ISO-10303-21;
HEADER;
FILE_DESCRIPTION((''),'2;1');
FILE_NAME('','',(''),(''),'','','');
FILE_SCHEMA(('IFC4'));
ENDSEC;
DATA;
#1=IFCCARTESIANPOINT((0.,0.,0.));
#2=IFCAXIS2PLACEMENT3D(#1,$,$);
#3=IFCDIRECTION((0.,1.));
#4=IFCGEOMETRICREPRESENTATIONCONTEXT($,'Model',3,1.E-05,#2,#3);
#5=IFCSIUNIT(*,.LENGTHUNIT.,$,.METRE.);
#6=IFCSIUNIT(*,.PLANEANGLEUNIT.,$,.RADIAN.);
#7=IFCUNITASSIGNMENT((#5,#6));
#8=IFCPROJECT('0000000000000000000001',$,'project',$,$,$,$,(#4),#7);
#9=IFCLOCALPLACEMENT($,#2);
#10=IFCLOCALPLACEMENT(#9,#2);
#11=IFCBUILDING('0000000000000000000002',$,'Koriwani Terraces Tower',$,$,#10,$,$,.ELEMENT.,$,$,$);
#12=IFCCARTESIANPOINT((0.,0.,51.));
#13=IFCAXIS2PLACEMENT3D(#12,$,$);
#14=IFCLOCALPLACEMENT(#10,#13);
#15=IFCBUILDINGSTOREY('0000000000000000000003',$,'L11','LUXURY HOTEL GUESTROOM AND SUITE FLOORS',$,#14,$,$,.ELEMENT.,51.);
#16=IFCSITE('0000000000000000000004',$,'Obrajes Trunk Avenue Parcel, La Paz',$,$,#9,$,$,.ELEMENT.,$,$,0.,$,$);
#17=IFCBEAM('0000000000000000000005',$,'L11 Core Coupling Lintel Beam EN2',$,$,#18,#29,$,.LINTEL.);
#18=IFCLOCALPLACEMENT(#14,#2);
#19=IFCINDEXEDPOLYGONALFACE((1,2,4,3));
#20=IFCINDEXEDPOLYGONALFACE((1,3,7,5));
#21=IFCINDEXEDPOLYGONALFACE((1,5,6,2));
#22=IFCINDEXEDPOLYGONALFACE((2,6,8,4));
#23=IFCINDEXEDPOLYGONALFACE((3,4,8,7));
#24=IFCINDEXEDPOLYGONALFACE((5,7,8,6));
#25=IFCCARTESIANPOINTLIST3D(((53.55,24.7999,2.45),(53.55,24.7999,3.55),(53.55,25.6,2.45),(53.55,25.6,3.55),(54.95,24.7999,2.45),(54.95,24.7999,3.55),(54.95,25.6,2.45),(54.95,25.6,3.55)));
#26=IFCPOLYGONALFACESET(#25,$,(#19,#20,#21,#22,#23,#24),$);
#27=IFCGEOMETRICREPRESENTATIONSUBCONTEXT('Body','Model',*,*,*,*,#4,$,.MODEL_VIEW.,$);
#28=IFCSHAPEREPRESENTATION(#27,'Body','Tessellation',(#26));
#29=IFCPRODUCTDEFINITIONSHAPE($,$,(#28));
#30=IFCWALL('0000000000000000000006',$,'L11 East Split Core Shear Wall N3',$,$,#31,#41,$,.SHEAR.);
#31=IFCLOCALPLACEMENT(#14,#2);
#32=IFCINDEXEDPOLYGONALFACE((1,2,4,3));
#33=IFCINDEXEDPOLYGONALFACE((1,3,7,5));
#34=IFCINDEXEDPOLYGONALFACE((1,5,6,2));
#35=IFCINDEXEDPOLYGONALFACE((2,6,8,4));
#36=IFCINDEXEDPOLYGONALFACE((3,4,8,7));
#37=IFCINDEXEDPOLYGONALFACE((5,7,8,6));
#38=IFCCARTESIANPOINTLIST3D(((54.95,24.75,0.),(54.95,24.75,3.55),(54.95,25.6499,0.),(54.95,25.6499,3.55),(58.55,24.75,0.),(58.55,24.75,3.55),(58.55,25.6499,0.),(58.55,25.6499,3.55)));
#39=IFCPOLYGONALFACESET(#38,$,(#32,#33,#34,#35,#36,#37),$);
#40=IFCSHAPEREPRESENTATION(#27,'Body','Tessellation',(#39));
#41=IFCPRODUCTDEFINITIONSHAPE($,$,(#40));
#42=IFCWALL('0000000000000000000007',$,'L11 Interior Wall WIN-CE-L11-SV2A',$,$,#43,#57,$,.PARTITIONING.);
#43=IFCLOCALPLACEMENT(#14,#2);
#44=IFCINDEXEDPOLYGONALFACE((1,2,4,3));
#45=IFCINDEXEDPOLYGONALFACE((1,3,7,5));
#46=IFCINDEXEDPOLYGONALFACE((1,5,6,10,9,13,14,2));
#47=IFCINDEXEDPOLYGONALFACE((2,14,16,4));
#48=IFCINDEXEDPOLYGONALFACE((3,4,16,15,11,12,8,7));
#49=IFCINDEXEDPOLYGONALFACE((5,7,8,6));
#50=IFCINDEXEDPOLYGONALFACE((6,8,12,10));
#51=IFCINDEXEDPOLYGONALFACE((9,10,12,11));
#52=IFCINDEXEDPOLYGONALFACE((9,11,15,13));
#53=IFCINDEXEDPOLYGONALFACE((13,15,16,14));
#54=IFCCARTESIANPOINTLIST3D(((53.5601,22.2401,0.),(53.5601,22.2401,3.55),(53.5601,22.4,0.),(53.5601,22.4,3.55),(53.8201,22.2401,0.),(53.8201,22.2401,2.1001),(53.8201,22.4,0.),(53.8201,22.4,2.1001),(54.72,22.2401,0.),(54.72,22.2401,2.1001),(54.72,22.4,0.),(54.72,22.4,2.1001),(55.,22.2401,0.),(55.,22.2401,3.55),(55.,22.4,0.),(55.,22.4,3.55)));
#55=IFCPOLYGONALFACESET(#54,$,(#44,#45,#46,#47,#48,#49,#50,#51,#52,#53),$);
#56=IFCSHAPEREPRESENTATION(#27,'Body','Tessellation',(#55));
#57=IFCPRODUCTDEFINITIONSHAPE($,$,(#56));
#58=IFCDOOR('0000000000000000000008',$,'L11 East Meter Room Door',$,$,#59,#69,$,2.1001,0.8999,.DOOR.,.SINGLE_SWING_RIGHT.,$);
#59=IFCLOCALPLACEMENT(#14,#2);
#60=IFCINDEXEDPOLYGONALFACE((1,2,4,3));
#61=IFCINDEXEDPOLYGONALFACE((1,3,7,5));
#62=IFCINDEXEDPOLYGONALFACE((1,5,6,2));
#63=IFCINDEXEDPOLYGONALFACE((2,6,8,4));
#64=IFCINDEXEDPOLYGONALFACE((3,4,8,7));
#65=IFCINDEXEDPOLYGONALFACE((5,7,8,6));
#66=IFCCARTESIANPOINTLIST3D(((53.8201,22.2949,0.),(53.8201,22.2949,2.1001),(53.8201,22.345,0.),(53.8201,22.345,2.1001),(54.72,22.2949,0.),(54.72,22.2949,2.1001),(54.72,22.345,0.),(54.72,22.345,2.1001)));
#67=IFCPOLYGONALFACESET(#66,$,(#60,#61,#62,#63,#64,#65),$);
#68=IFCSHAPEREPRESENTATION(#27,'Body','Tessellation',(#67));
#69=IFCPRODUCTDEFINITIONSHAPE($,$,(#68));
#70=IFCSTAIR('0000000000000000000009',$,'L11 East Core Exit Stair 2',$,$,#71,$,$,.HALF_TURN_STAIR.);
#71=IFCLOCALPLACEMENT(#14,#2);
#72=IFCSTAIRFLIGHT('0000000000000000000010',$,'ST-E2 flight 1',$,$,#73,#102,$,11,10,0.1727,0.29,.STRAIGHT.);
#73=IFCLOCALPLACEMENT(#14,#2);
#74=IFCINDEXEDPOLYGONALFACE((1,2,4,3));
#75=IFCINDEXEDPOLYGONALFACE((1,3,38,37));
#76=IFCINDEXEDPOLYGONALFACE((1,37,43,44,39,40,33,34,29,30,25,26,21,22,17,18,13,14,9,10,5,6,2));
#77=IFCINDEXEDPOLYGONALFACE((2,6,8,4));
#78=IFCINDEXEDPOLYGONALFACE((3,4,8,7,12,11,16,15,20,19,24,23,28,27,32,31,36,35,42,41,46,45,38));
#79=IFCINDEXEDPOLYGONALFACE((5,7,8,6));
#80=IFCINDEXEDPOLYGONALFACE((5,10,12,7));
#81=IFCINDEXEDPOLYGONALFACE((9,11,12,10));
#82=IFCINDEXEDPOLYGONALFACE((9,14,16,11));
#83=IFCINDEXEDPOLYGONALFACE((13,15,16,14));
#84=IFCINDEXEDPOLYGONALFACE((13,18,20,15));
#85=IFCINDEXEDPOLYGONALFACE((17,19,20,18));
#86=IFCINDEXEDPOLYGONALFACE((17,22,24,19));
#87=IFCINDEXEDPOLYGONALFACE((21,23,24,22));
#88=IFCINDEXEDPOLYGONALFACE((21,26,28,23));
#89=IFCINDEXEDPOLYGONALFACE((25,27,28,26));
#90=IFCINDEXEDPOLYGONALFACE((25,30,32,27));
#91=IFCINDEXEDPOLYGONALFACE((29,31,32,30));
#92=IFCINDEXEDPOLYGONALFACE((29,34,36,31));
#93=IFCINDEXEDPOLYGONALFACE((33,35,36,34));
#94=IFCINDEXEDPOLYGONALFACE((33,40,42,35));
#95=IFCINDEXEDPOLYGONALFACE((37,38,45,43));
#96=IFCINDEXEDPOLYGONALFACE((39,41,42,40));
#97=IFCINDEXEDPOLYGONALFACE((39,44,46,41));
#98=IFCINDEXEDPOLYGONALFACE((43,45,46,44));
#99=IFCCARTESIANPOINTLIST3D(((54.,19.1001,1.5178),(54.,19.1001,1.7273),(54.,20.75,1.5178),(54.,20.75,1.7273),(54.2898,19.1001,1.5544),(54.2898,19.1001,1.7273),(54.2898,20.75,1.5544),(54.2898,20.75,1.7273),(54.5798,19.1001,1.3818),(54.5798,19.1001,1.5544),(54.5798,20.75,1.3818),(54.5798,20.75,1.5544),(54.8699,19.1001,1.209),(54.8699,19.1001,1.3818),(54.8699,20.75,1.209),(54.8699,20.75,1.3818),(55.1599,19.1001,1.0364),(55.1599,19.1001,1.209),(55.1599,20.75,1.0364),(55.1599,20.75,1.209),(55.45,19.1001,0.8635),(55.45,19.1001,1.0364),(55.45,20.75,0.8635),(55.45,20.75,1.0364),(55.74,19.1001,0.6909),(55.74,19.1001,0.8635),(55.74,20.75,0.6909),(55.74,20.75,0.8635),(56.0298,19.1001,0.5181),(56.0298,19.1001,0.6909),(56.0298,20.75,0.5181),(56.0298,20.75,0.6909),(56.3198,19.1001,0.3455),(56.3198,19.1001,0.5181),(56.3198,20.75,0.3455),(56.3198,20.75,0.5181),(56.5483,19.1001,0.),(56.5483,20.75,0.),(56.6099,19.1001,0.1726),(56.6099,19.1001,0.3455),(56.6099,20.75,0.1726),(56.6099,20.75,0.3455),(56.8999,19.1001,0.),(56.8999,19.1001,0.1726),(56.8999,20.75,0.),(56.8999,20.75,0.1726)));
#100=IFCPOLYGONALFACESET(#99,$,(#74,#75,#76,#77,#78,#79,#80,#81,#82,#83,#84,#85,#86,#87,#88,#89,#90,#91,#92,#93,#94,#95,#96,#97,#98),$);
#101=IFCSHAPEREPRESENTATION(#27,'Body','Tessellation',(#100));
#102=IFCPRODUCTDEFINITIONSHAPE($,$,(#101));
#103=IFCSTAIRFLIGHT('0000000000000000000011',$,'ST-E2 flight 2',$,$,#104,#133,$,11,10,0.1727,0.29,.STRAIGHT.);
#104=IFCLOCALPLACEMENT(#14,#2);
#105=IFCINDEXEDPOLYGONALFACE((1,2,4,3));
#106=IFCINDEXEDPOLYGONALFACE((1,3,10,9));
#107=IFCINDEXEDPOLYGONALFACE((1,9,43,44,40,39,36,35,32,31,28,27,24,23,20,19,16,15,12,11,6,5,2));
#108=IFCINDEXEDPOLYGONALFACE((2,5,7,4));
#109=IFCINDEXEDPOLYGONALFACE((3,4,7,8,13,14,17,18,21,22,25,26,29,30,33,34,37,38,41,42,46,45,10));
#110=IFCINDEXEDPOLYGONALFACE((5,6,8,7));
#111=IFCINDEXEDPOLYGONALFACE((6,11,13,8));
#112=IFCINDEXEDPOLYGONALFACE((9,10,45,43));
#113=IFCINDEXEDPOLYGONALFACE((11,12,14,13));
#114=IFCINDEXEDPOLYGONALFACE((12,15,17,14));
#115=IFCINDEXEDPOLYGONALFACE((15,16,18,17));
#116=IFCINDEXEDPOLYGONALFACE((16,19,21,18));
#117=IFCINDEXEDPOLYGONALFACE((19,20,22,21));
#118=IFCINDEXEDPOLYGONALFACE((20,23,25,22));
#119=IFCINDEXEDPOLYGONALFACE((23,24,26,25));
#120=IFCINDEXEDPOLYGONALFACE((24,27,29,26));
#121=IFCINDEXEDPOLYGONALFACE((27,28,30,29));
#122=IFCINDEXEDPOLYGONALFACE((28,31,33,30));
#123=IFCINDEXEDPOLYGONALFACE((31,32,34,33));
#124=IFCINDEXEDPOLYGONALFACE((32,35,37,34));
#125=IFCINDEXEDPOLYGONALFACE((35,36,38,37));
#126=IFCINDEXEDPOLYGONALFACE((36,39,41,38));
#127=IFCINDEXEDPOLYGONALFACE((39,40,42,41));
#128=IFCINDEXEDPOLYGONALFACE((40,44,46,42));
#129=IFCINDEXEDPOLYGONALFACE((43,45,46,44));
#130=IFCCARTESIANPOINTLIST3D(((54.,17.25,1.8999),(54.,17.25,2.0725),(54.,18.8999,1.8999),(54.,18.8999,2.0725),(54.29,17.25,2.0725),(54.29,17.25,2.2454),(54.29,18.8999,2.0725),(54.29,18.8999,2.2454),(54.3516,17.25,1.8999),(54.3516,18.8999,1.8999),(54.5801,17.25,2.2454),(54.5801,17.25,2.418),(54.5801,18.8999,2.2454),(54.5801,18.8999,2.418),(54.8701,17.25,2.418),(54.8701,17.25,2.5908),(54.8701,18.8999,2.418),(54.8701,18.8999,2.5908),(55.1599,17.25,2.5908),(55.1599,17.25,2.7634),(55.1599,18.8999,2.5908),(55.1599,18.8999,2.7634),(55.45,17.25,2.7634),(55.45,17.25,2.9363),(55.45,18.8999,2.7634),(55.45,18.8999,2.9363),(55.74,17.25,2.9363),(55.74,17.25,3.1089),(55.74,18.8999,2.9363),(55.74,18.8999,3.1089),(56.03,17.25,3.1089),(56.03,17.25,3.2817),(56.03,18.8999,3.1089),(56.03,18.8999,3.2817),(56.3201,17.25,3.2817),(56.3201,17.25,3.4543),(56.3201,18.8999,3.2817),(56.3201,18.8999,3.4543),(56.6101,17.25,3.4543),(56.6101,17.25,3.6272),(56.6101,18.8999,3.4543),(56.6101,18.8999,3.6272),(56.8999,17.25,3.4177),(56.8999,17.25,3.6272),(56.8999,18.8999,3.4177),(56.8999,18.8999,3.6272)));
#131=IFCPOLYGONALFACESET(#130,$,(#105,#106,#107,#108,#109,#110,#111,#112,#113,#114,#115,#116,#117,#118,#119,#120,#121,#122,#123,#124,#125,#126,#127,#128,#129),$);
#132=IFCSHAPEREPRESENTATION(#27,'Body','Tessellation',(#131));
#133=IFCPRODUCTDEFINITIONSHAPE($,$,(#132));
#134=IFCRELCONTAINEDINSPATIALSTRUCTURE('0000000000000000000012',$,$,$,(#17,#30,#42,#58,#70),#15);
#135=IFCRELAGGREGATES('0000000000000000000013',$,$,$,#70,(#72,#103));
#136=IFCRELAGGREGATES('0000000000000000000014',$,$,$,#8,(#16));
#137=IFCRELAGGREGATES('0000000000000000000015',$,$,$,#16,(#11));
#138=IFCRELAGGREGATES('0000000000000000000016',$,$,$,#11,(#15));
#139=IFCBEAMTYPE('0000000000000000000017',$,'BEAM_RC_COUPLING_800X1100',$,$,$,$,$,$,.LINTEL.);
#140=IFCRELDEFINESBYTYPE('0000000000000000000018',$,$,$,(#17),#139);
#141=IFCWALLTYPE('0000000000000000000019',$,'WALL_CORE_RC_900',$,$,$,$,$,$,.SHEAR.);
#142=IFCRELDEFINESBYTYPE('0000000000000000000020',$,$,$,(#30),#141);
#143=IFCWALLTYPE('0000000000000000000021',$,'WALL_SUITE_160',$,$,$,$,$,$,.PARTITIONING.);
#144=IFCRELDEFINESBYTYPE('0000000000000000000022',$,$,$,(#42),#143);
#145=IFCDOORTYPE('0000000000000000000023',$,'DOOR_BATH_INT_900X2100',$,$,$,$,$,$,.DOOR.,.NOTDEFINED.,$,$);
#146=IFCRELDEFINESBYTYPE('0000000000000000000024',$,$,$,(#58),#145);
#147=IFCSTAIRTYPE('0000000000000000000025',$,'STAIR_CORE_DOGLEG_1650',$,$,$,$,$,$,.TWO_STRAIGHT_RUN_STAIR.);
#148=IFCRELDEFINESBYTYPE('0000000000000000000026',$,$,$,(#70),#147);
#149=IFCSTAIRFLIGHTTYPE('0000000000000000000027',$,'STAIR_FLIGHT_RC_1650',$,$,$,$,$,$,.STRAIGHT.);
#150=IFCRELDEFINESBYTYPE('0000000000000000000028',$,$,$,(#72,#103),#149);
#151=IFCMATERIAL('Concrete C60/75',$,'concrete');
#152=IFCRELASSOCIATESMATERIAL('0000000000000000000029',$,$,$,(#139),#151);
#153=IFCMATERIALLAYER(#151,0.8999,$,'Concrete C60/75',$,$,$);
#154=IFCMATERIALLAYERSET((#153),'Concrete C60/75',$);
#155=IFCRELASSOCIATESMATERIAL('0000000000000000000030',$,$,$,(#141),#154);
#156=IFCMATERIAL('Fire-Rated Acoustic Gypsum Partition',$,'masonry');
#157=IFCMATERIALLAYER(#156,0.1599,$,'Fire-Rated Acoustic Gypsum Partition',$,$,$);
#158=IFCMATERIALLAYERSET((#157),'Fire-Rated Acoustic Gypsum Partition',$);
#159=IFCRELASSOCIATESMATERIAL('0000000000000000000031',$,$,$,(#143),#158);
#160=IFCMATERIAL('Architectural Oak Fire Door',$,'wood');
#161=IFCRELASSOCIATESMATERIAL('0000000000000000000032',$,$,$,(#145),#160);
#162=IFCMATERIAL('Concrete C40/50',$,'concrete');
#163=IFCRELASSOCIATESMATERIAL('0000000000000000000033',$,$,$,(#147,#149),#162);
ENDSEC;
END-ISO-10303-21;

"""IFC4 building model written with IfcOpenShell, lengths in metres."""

from ifc_helpers import new_model, si_unit, direction, frame, frame_2d, origin, origin_2d, place, context, subcontext, project, spatial, polyline, rectangle, outline, extrude, material, layer, layer_set, material_profile, profile_set, type_object, element, fill, aggregate, save


model = new_model("IFC4")

# Units and contexts
model_context = context("Model", 3, precision=1e-05, world=origin(), true_north=direction((0.0, 1.0)))
body_context = subcontext(model_context, "Body", "Model", "MODEL_VIEW")
ifc_project = project(units=[si_unit("LENGTHUNIT", "METRE"), si_unit("PLANEANGLEUNIT", "RADIAN")], contexts=[model_context])

# Site, building, storey
site_placement = place(None, origin())
site = spatial("IfcSite", under=ifc_project, at=site_placement, Name="Obrajes Trunk Avenue Parcel, La Paz", CompositionType="ELEMENT", RefElevation=0.0)
building_placement = place(site_placement, origin())
building = spatial("IfcBuilding", under=site, at=building_placement, Name="Koriwani Terraces Tower", CompositionType="ELEMENT")
storey_placement = place(building_placement, frame((0.0, 0.0, 51.0)))
storey = spatial("IfcBuildingStorey", under=building, at=storey_placement, Name="L11", Description="LUXURY HOTEL GUESTROOM AND SUITE FLOORS", CompositionType="ELEMENT", Elevation=51.0)

# Beam
ifc_material_1 = material(Name="Concrete C60/75", Category="concrete")
ifc_material_profile = material_profile(ifc_material_1, rectangle(XDim=0.8, YDim=1.1001, at=origin_2d()), Name="Concrete C60/75", Category="LoadBearing")
ifc_profile_set = profile_set([ifc_material_profile], Name="Concrete C60/75")
beam_type = type_object("IfcBeamType", Name="BEAM_RC_COUPLING_800X1100", PredefinedType="LINTEL", material=ifc_profile_set)
beam_placement = place(storey_placement, frame((53.55, 25.2, 3.0), z_axis=(1.0, 0.0, 0.0), x_axis=(0.0, 1.0, 0.0)))
element("IfcBeam", 1, at=beam_placement, inside=storey, type_object=beam_type, Name="L11 Core Coupling Lintel Beam EN2", PredefinedType="LINTEL", context=body_context, shape_type="SweptSolid", body=[
    extrude(rectangle(XDim=0.8, YDim=1.1001, at=origin_2d()), origin(), (0.0, 0.0, 1.0), 1.3999),
])

# Wall
ifc_layer_1 = layer(ifc_material_1, 0.8999, Name="Concrete C60/75")
ifc_layer_set_1 = layer_set([ifc_layer_1], Name="Concrete C60/75")
wall_type_1 = type_object("IfcWallType", Name="WALL_CORE_RC_900", PredefinedType="SHEAR", material=ifc_layer_set_1)
wall_1_placement = place(storey_placement, frame((54.95, 25.2, 0.0), z_axis=(0.0, 0.0, 1.0), x_axis=(1.0, 0.0, 0.0)))
element("IfcWall", 2, at=wall_1_placement, inside=storey, type_object=wall_type_1, Name="L11 East Split Core Shear Wall N3", PredefinedType="SHEAR", context=body_context, shape_type="SweptSolid", body=[
    extrude(rectangle(XDim=3.6001, YDim=0.8999, at=frame_2d((1.8, 0.0))), origin(), (0.0, 0.0, 1.0), 3.55),
])

# Wall, opening, door
ifc_material_2 = material(Name="Concrete C40/50", Category="concrete")
ifc_material_3 = material(Name="Fire-Rated Acoustic Gypsum Partition", Category="masonry")
ifc_layer_2 = layer(ifc_material_3, 0.1599, Name="Fire-Rated Acoustic Gypsum Partition")
ifc_layer_set_2 = layer_set([ifc_layer_2], Name="Fire-Rated Acoustic Gypsum Partition")
wall_type_2 = type_object("IfcWallType", Name="WALL_SUITE_160", PredefinedType="PARTITIONING", material=ifc_layer_set_2)
wall_2_placement = place(storey_placement, frame((53.5601, 22.3201, 0.0), z_axis=(0.0, 0.0, 1.0), x_axis=(1.0, 0.0, 0.0)))
wall_2 = element("IfcWall", 3, at=wall_2_placement, inside=storey, type_object=wall_type_2, Name="L11 Interior Wall WIN-CE-L11-SV2A", PredefinedType="PARTITIONING", context=body_context, shape_type="SweptSolid", body=[
    extrude(rectangle(XDim=1.4399, YDim=0.1599, at=frame_2d((0.72, 0.0))), origin(), (0.0, 0.0, 1.0), 3.55),
])
opening_1_placement = place(wall_2_placement, frame((0.26, 0.0, 0.0)))
opening_1 = element("IfcOpeningElement", 4, at=opening_1_placement, cuts=wall_2, PredefinedType="OPENING", context=body_context, shape_type="SweptSolid", body=[
    extrude(rectangle(XDim=0.8999, YDim=2.1001, at=frame_2d((0.45, 1.05))), frame((0.0, 0.0898, 0.0), z_axis=(0.0, -1.0, 0.0), x_axis=(1.0, 0.0, 0.0)), (0.0, 0.0, 1.0), 0.1799),
])
ifc_material_4 = material(Name="Architectural Oak Fire Door", Category="wood")
door_type_1 = type_object("IfcDoorType", Name="DOOR_BATH_INT_900X2100", OperationType="NOTDEFINED", PredefinedType="DOOR", material=ifc_material_4)
door_1_placement = place(opening_1_placement, origin())
door_1 = element("IfcDoor", 5, at=door_1_placement, inside=storey, type_object=door_type_1, Name="L11 East Meter Room Door", OperationType="SINGLE_SWING_RIGHT", OverallHeight=2.1001, OverallWidth=0.8999, PredefinedType="DOOR", context=body_context, shape_type="SweptSolid", body=[
    extrude(rectangle(XDim=0.8999, YDim=2.1001, at=frame_2d((0.45, 1.05))), frame((0.0, 0.0249, 0.0), z_axis=(0.0, -1.0, 0.0), x_axis=(1.0, 0.0, 0.0)), (0.0, 0.0, 1.0), 0.05),
])
fill(opening_1, door_1)

# Stair, stair flights
stair_type = type_object("IfcStairType", Name="STAIR_CORE_DOGLEG_1650", PredefinedType="TWO_STRAIGHT_RUN_STAIR", material=ifc_material_2)
stair_placement = place(storey_placement, origin())
stair = element("IfcStair", 6, at=stair_placement, inside=storey, type_object=stair_type, Name="L11 East Core Exit Stair 2", PredefinedType="HALF_TURN_STAIR")
stair_flight_type = type_object("IfcStairFlightType", Name="STAIR_FLIGHT_RC_1650", PredefinedType="STRAIGHT", material=ifc_material_2)
stair_flight_1_placement = place(storey_placement, frame((56.8999, 19.925, 0.0), z_axis=(0.0, 0.0, 1.0), x_axis=(-1.0, 0.0, 0.0)))
stair_flight_1 = element("IfcStairFlight", 7, at=stair_flight_1_placement, type_object=stair_flight_type, Name="ST-E2 flight 1", NumberOfRisers=11, NumberOfTreads=10, PredefinedType="STRAIGHT", RiserHeight=0.1727, TreadLength=0.29, context=body_context, shape_type="SweptSolid", body=[
    extrude(outline(polyline([(0.0, 0.0), (0.0, 0.1726), (0.29, 0.1726), (0.29, 0.3455), (0.5801, 0.3455), (0.5801, 0.5181), (0.8701, 0.5181), (0.8701, 0.6909), (1.1599, 0.6909), (1.1599, 0.8635), (1.45, 0.8635), (1.45, 1.0364), (1.74, 1.0364), (1.74, 1.209), (2.03, 1.209), (2.03, 1.3818), (2.3201, 1.3818), (2.3201, 1.5544), (2.6101, 1.5544), (2.6101, 1.7273), (2.8999, 1.7273), (2.8999, 1.8999), (2.8999, 1.5178), (0.3516, 0.0), (0.0, 0.0)])), frame((0.0, 0.825, 0.0), z_axis=(0.0, -1.0, 0.0), x_axis=(1.0, 0.0, 0.0)), (0.0, 0.0, 1.0), 1.6499),
])
stair_flight_2_placement = place(storey_placement, frame((54.0, 18.075, 1.8999), z_axis=(0.0, 0.0, 1.0), x_axis=(1.0, 0.0, 0.0)))
stair_flight_2 = element("IfcStairFlight", 8, at=stair_flight_2_placement, type_object=stair_flight_type, Name="ST-E2 flight 2", NumberOfRisers=11, NumberOfTreads=10, PredefinedType="STRAIGHT", RiserHeight=0.1727, TreadLength=0.29, context=body_context, shape_type="SweptSolid", body=[
    extrude(outline(polyline([(0.0, 0.0), (0.0, 0.1726), (0.29, 0.1726), (0.29, 0.3455), (0.5801, 0.3455), (0.5801, 0.5181), (0.8701, 0.5181), (0.8701, 0.6909), (1.1599, 0.6909), (1.1599, 0.8635), (1.45, 0.8635), (1.45, 1.0364), (1.74, 1.0364), (1.74, 1.209), (2.03, 1.209), (2.03, 1.3818), (2.3201, 1.3818), (2.3201, 1.5544), (2.6101, 1.5544), (2.6101, 1.7273), (2.8999, 1.7273), (2.8999, 1.8999), (2.8999, 1.5178), (0.3516, 0.0), (0.0, 0.0)])), frame((0.0, 0.825, 0.0), z_axis=(0.0, -1.0, 0.0), x_axis=(1.0, 0.0, 0.0)), (0.0, 0.0, 1.0), 1.6499),
])
aggregate(stair, [stair_flight_1, stair_flight_2])

save(model, "model.ifc")
